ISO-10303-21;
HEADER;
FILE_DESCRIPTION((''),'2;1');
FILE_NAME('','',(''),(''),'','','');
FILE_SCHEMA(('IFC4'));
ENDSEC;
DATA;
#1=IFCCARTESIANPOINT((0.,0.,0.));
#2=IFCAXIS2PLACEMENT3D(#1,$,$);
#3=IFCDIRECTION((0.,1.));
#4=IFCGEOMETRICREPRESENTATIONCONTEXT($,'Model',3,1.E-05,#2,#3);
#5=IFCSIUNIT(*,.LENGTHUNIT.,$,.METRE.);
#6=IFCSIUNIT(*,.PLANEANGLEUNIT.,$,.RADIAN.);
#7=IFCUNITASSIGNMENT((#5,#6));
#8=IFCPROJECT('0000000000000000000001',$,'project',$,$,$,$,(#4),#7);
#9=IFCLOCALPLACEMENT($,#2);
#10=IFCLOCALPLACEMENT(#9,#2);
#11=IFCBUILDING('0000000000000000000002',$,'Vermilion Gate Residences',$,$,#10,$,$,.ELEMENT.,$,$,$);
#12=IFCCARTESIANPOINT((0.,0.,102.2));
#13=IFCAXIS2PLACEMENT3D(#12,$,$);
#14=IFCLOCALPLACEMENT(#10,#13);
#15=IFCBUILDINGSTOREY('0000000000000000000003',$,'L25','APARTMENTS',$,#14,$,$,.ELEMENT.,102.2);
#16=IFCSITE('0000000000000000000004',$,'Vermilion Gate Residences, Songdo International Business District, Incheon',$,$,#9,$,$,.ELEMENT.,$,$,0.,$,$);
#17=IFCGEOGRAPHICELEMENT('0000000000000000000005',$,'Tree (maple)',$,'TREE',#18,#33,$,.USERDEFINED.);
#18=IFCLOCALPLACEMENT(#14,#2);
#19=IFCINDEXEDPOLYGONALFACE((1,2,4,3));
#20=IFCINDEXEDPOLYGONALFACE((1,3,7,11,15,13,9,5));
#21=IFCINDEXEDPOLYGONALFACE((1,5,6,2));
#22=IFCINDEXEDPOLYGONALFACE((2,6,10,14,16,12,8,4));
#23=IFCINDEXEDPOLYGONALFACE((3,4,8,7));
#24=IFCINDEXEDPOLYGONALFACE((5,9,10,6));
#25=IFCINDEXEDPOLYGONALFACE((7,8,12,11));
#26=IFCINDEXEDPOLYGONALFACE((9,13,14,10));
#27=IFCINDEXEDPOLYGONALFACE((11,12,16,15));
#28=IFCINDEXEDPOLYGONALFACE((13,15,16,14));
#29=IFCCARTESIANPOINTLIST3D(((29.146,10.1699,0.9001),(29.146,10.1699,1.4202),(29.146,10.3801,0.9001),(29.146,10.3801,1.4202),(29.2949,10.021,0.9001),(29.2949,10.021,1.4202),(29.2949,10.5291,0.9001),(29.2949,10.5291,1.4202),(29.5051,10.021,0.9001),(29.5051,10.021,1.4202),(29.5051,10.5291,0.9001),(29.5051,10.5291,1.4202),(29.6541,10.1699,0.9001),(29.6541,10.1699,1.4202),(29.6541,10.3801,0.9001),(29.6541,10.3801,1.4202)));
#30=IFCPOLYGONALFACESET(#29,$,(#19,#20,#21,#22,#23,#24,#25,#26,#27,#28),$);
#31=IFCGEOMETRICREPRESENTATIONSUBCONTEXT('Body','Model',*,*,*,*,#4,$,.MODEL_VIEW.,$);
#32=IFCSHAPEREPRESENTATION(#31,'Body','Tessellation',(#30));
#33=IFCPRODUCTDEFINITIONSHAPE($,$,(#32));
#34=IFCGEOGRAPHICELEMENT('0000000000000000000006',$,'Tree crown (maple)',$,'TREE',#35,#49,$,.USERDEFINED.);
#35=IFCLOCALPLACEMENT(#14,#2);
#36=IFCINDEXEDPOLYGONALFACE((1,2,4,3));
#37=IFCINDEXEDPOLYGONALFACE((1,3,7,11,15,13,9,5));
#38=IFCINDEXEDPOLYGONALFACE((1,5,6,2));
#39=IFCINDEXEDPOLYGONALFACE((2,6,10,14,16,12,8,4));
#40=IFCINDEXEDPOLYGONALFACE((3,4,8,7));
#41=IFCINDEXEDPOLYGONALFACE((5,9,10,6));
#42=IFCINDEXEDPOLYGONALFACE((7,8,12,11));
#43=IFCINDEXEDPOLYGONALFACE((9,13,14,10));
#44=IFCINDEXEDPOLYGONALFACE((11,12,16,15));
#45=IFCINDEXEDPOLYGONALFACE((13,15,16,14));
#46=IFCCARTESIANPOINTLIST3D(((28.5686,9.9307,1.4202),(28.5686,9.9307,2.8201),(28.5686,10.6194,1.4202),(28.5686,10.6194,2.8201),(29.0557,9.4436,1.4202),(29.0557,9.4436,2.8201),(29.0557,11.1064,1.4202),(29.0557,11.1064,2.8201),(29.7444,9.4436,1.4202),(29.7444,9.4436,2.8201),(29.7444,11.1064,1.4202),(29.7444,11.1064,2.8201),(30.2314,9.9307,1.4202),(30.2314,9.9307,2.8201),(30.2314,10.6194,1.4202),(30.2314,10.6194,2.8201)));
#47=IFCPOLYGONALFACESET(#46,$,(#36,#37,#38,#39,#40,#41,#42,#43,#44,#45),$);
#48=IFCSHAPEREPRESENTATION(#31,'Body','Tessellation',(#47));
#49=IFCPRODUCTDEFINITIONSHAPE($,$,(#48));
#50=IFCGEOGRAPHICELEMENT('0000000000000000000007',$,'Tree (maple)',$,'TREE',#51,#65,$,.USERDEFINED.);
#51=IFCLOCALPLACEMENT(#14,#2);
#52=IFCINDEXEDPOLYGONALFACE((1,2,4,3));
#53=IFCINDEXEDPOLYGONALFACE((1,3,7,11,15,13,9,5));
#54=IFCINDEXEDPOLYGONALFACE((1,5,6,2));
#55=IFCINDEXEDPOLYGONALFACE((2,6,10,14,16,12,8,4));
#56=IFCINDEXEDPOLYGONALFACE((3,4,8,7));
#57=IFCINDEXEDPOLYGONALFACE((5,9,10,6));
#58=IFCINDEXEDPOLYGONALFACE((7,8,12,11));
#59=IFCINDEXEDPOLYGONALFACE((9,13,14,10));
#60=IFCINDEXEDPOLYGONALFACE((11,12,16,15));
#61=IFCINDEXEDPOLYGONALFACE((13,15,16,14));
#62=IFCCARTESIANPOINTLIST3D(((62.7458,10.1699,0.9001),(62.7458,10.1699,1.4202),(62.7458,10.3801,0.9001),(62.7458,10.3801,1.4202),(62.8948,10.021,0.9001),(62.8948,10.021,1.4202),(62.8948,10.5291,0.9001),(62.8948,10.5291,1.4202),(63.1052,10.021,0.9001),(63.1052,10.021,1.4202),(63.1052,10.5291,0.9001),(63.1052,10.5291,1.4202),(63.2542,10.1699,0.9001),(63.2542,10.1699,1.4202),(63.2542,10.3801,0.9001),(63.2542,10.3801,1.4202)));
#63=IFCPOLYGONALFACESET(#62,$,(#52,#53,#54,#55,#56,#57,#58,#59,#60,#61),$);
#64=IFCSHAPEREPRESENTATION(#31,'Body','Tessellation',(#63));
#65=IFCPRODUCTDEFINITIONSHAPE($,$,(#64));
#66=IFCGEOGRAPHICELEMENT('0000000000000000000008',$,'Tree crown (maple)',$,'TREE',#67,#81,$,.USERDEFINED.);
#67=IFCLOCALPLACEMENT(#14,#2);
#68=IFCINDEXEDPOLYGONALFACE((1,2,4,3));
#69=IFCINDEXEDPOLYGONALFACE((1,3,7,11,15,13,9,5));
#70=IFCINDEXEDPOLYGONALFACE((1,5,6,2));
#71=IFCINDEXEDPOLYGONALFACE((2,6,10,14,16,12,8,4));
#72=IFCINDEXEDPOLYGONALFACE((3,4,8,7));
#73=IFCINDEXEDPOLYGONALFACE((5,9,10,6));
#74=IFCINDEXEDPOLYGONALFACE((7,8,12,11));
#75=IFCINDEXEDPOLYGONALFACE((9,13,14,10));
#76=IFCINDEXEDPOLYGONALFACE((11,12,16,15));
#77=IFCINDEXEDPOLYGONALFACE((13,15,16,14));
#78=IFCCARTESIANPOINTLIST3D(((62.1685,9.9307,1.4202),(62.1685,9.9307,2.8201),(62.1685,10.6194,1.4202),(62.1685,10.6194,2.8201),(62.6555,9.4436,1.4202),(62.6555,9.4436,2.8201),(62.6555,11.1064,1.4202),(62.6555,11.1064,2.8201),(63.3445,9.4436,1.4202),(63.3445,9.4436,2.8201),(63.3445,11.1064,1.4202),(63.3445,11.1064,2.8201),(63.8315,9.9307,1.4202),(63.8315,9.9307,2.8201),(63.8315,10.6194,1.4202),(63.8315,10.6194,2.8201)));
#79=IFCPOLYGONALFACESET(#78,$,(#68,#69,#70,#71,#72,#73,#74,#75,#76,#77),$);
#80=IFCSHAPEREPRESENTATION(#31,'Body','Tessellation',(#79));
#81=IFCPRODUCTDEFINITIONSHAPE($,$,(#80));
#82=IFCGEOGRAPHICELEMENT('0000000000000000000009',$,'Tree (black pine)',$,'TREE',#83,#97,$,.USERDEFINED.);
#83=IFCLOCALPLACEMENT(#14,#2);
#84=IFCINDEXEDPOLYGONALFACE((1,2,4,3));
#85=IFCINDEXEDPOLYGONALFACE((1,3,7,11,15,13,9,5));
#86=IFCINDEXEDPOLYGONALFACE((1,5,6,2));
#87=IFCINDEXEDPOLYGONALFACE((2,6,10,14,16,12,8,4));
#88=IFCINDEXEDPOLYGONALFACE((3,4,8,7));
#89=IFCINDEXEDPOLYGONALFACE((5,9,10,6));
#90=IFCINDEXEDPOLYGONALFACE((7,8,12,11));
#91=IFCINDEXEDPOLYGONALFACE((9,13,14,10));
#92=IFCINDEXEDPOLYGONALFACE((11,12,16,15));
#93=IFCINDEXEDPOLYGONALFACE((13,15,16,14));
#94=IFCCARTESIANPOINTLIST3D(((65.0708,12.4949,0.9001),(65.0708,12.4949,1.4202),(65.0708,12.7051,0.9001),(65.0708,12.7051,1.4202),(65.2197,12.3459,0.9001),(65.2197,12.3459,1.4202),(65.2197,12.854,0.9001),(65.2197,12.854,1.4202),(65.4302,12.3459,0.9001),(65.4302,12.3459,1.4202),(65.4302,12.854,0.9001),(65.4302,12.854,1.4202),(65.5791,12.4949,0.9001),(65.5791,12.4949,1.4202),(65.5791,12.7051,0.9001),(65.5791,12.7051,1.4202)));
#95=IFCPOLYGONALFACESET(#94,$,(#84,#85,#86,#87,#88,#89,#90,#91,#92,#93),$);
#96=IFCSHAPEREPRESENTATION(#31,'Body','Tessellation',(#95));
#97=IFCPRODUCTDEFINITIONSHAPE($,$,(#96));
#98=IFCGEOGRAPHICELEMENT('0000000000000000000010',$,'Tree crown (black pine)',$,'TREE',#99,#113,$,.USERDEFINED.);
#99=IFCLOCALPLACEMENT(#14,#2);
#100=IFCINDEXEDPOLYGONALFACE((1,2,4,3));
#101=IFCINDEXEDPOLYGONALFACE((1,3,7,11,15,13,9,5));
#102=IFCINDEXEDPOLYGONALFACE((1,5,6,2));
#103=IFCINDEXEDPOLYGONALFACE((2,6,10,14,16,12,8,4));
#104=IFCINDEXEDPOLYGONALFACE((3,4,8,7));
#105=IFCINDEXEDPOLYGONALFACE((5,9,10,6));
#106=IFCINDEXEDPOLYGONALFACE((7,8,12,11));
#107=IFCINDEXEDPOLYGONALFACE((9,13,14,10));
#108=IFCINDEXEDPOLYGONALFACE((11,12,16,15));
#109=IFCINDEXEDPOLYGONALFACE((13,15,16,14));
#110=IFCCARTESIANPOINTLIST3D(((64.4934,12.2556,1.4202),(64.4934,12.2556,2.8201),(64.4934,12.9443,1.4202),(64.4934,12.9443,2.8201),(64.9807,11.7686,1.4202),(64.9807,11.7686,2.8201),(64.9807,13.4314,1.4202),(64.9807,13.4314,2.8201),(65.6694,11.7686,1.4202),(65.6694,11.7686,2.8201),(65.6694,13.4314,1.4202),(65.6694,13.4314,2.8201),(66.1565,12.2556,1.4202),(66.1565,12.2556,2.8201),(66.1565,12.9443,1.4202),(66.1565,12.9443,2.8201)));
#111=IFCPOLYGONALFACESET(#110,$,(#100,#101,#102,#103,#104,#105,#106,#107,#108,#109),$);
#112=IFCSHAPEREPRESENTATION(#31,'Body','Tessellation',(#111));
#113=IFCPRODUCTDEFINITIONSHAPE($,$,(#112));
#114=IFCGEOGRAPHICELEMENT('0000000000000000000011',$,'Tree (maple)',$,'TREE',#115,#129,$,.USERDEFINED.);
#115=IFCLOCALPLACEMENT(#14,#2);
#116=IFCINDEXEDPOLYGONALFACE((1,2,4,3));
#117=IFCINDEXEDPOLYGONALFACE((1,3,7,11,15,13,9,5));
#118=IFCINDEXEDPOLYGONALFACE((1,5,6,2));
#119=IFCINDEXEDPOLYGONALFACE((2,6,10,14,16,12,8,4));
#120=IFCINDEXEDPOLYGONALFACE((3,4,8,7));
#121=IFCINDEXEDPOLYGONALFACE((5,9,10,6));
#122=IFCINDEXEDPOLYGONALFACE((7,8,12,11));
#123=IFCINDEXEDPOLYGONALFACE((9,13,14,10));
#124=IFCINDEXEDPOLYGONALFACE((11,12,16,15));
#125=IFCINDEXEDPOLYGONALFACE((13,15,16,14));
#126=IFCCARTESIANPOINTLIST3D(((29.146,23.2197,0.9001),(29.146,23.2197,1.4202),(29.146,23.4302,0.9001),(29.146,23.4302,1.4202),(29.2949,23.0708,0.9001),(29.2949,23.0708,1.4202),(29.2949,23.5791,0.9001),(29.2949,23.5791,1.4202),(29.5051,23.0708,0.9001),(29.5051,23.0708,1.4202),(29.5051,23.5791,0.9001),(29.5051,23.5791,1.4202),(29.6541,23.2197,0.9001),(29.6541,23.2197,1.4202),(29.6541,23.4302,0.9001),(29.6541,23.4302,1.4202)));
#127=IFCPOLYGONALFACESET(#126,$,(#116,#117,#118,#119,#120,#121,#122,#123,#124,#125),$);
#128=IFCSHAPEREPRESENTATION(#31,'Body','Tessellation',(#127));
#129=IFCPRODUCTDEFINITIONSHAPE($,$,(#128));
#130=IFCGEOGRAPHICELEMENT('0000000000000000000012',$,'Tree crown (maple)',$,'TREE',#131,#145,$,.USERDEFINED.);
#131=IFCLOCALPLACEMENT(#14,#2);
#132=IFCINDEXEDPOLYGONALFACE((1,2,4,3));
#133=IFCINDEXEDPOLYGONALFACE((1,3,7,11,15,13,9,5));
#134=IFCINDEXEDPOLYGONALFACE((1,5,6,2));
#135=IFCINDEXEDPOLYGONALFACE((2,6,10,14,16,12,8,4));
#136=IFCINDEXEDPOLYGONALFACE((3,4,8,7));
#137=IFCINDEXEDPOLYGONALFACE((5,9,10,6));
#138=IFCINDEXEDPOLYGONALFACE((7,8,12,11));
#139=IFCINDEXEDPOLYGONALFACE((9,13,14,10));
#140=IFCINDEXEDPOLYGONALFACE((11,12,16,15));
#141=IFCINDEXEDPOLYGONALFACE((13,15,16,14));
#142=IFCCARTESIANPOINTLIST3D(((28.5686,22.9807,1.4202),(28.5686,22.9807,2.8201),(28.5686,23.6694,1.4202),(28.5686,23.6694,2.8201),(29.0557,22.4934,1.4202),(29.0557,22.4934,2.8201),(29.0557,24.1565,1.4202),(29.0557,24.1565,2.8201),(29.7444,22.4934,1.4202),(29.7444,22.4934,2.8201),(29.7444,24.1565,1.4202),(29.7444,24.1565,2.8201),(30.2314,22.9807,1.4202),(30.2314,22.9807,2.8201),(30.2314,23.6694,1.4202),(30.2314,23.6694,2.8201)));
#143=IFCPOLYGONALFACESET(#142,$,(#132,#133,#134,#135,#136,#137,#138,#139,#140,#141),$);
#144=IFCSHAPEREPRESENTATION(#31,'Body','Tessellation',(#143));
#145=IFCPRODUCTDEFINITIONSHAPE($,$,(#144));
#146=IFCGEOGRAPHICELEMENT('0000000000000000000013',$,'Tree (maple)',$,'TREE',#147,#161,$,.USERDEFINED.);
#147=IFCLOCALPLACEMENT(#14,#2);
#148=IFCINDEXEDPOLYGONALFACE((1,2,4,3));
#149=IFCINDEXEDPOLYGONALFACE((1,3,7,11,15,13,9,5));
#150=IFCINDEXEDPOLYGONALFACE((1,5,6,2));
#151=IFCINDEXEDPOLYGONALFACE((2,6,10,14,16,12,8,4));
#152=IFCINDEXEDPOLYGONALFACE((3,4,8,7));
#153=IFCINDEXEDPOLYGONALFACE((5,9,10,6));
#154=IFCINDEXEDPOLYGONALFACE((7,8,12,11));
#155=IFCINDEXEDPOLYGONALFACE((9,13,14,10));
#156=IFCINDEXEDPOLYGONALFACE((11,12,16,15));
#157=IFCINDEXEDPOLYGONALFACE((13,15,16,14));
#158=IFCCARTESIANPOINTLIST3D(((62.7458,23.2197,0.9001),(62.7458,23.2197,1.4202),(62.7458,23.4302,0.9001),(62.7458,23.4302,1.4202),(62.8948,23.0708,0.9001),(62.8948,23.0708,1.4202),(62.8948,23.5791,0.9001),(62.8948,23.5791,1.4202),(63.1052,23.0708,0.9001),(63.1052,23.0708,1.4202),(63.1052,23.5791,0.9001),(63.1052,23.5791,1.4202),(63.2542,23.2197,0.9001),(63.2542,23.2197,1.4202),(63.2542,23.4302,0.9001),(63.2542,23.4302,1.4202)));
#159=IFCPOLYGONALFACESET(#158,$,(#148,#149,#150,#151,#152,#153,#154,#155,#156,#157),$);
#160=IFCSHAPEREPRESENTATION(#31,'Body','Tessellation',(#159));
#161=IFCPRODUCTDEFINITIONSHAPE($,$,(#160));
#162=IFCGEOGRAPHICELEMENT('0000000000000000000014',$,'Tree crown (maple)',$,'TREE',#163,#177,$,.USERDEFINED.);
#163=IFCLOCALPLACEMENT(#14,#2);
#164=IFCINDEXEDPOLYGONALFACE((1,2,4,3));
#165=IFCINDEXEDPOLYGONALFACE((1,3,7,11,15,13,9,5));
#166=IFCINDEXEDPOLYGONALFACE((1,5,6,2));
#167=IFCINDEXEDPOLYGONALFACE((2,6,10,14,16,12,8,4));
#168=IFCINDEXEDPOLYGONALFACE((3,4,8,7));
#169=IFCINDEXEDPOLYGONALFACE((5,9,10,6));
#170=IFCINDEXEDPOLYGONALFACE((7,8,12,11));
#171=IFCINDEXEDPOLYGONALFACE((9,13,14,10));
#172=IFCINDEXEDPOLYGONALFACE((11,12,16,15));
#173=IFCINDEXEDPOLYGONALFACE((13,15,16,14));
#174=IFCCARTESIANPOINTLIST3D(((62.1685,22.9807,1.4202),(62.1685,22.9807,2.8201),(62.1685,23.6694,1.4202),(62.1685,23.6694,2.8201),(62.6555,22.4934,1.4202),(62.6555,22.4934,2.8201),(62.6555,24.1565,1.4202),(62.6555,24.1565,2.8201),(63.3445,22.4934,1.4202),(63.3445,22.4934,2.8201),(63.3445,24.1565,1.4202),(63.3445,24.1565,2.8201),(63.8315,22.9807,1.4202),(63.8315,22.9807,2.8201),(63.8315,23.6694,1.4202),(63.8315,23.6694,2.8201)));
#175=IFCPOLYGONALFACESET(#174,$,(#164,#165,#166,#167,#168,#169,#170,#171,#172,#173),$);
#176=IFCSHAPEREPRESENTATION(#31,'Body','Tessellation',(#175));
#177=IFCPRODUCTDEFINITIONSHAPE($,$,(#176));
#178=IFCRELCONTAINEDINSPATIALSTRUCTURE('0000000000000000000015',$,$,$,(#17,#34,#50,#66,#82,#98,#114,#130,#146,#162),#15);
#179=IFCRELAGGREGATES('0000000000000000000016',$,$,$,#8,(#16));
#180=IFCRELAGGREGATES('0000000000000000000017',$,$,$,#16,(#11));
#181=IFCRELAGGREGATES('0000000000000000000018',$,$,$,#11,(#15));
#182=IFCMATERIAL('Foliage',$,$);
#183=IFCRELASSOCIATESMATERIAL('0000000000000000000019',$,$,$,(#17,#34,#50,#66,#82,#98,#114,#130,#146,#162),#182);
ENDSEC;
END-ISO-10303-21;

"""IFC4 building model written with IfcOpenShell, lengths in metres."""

from ifc_helpers import new_model, si_unit, direction, frame, origin, place, context, subcontext, project, spatial, polyline, outline, extrude, material, element, save


model = new_model("IFC4")

# Units and contexts
model_context = context("Model", 3, precision=1e-05, world=origin(), true_north=direction((0.0, 1.0)))
body_context = subcontext(model_context, "Body", "Model", "MODEL_VIEW")
ifc_project = project(units=[si_unit("LENGTHUNIT", "METRE"), si_unit("PLANEANGLEUNIT", "RADIAN")], contexts=[model_context])

# Site, building, storey
site_placement = place(None, origin())
site = spatial("IfcSite", under=ifc_project, at=site_placement, Name="Vermilion Gate Residences, Songdo International Business District, Incheon", CompositionType="ELEMENT", RefElevation=0.0)
building_placement = place(site_placement, origin())
building = spatial("IfcBuilding", under=site, at=building_placement, Name="Vermilion Gate Residences", CompositionType="ELEMENT")
storey_placement = place(building_placement, frame((0.0, 0.0, 102.2)))
storey = spatial("IfcBuildingStorey", under=building, at=storey_placement, Name="L25", Description="APARTMENTS", CompositionType="ELEMENT", Elevation=102.2)

# Geographic elements
ifc_material_1 = material(Name="Foliage")
geographic_element_1_placement = place(storey_placement, frame((0.0, 0.0, 0.9001)))
element("IfcGeographicElement", 1, at=geographic_element_1_placement, inside=storey, material=ifc_material_1, Name="Tree (maple)", ObjectType="TREE", PredefinedType="USERDEFINED", context=body_context, shape_type="SweptSolid", body=[
    extrude(outline(polyline([(29.6541, 10.3801), (29.5051, 10.5291), (29.2949, 10.5291), (29.146, 10.3801), (29.146, 10.1699), (29.2949, 10.021), (29.5051, 10.021), (29.6541, 10.1699), (29.6541, 10.3801)])), origin(), (0.0, 0.0, 1.0), 0.52),
])
geographic_element_2_placement = place(storey_placement, frame((0.0, 0.0, 1.4202)))
element("IfcGeographicElement", 2, at=geographic_element_2_placement, inside=storey, material=ifc_material_1, Name="Tree crown (maple)", ObjectType="TREE", PredefinedType="USERDEFINED", context=body_context, shape_type="SweptSolid", body=[
    extrude(outline(polyline([(30.2314, 10.6194), (29.7444, 11.1064), (29.0557, 11.1064), (28.5686, 10.6194), (28.5686, 9.9307), (29.0557, 9.4436), (29.7444, 9.4436), (30.2314, 9.9307), (30.2314, 10.6194)])), origin(), (0.0, 0.0, 1.0), 1.3999),
])
geographic_element_3_placement = place(storey_placement, frame((0.0, 0.0, 0.9001)))
element("IfcGeographicElement", 3, at=geographic_element_3_placement, inside=storey, material=ifc_material_1, Name="Tree (maple)", ObjectType="TREE", PredefinedType="USERDEFINED", context=body_context, shape_type="SweptSolid", body=[
    extrude(outline(polyline([(63.2542, 10.3801), (63.1052, 10.5291), (62.8948, 10.5291), (62.7458, 10.3801), (62.7458, 10.1699), (62.8948, 10.021), (63.1052, 10.021), (63.2542, 10.1699), (63.2542, 10.3801)])), origin(), (0.0, 0.0, 1.0), 0.52),
])
geographic_element_4_placement = place(storey_placement, frame((0.0, 0.0, 1.4202)))
element("IfcGeographicElement", 4, at=geographic_element_4_placement, inside=storey, material=ifc_material_1, Name="Tree crown (maple)", ObjectType="TREE", PredefinedType="USERDEFINED", context=body_context, shape_type="SweptSolid", body=[
    extrude(outline(polyline([(63.8315, 10.6194), (63.3445, 11.1064), (62.6555, 11.1064), (62.1685, 10.6194), (62.1685, 9.9307), (62.6555, 9.4436), (63.3445, 9.4436), (63.8315, 9.9307), (63.8315, 10.6194)])), origin(), (0.0, 0.0, 1.0), 1.3999),
])
geographic_element_5_placement = place(storey_placement, frame((0.0, 0.0, 0.9001)))
element("IfcGeographicElement", 5, at=geographic_element_5_placement, inside=storey, material=ifc_material_1, Name="Tree (black pine)", ObjectType="TREE", PredefinedType="USERDEFINED", context=body_context, shape_type="SweptSolid", body=[
    extrude(outline(polyline([(65.5791, 12.7051), (65.4302, 12.854), (65.2197, 12.854), (65.0708, 12.7051), (65.0708, 12.4949), (65.2197, 12.3459), (65.4302, 12.3459), (65.5791, 12.4949), (65.5791, 12.7051)])), origin(), (0.0, 0.0, 1.0), 0.52),
])
geographic_element_6_placement = place(storey_placement, frame((0.0, 0.0, 1.4202)))
element("IfcGeographicElement", 6, at=geographic_element_6_placement, inside=storey, material=ifc_material_1, Name="Tree crown (black pine)", ObjectType="TREE", PredefinedType="USERDEFINED", context=body_context, shape_type="SweptSolid", body=[
    extrude(outline(polyline([(66.1565, 12.9443), (65.6694, 13.4314), (64.9807, 13.4314), (64.4934, 12.9443), (64.4934, 12.2556), (64.9807, 11.7686), (65.6694, 11.7686), (66.1565, 12.2556), (66.1565, 12.9443)])), origin(), (0.0, 0.0, 1.0), 1.3999),
])
geographic_element_7_placement = place(storey_placement, frame((0.0, 0.0, 0.9001)))
element("IfcGeographicElement", 7, at=geographic_element_7_placement, inside=storey, material=ifc_material_1, Name="Tree (maple)", ObjectType="TREE", PredefinedType="USERDEFINED", context=body_context, shape_type="SweptSolid", body=[
    extrude(outline(polyline([(29.6541, 23.4302), (29.5051, 23.5791), (29.2949, 23.5791), (29.146, 23.4302), (29.146, 23.2197), (29.2949, 23.0708), (29.5051, 23.0708), (29.6541, 23.2197), (29.6541, 23.4302)])), origin(), (0.0, 0.0, 1.0), 0.52),
])
geographic_element_8_placement = place(storey_placement, frame((0.0, 0.0, 1.4202)))
element("IfcGeographicElement", 8, at=geographic_element_8_placement, inside=storey, material=ifc_material_1, Name="Tree crown (maple)", ObjectType="TREE", PredefinedType="USERDEFINED", context=body_context, shape_type="SweptSolid", body=[
    extrude(outline(polyline([(30.2314, 23.6694), (29.7444, 24.1565), (29.0557, 24.1565), (28.5686, 23.6694), (28.5686, 22.9807), (29.0557, 22.4934), (29.7444, 22.4934), (30.2314, 22.9807), (30.2314, 23.6694)])), origin(), (0.0, 0.0, 1.0), 1.3999),
])
geographic_element_9_placement = place(storey_placement, frame((0.0, 0.0, 0.9001)))
element("IfcGeographicElement", 9, at=geographic_element_9_placement, inside=storey, material=ifc_material_1, Name="Tree (maple)", ObjectType="TREE", PredefinedType="USERDEFINED", context=body_context, shape_type="SweptSolid", body=[
    extrude(outline(polyline([(63.2542, 23.4302), (63.1052, 23.5791), (62.8948, 23.5791), (62.7458, 23.4302), (62.7458, 23.2197), (62.8948, 23.0708), (63.1052, 23.0708), (63.2542, 23.2197), (63.2542, 23.4302)])), origin(), (0.0, 0.0, 1.0), 0.52),
])
geographic_element_10_placement = place(storey_placement, frame((0.0, 0.0, 1.4202)))
element("IfcGeographicElement", 10, at=geographic_element_10_placement, inside=storey, material=ifc_material_1, Name="Tree crown (maple)", ObjectType="TREE", PredefinedType="USERDEFINED", context=body_context, shape_type="SweptSolid", body=[
    extrude(outline(polyline([(63.8315, 23.6694), (63.3445, 24.1565), (62.6555, 24.1565), (62.1685, 23.6694), (62.1685, 22.9807), (62.6555, 22.4934), (63.3445, 22.4934), (63.8315, 22.9807), (63.8315, 23.6694)])), origin(), (0.0, 0.0, 1.0), 1.3999),
])

save(model, "model.ifc")
